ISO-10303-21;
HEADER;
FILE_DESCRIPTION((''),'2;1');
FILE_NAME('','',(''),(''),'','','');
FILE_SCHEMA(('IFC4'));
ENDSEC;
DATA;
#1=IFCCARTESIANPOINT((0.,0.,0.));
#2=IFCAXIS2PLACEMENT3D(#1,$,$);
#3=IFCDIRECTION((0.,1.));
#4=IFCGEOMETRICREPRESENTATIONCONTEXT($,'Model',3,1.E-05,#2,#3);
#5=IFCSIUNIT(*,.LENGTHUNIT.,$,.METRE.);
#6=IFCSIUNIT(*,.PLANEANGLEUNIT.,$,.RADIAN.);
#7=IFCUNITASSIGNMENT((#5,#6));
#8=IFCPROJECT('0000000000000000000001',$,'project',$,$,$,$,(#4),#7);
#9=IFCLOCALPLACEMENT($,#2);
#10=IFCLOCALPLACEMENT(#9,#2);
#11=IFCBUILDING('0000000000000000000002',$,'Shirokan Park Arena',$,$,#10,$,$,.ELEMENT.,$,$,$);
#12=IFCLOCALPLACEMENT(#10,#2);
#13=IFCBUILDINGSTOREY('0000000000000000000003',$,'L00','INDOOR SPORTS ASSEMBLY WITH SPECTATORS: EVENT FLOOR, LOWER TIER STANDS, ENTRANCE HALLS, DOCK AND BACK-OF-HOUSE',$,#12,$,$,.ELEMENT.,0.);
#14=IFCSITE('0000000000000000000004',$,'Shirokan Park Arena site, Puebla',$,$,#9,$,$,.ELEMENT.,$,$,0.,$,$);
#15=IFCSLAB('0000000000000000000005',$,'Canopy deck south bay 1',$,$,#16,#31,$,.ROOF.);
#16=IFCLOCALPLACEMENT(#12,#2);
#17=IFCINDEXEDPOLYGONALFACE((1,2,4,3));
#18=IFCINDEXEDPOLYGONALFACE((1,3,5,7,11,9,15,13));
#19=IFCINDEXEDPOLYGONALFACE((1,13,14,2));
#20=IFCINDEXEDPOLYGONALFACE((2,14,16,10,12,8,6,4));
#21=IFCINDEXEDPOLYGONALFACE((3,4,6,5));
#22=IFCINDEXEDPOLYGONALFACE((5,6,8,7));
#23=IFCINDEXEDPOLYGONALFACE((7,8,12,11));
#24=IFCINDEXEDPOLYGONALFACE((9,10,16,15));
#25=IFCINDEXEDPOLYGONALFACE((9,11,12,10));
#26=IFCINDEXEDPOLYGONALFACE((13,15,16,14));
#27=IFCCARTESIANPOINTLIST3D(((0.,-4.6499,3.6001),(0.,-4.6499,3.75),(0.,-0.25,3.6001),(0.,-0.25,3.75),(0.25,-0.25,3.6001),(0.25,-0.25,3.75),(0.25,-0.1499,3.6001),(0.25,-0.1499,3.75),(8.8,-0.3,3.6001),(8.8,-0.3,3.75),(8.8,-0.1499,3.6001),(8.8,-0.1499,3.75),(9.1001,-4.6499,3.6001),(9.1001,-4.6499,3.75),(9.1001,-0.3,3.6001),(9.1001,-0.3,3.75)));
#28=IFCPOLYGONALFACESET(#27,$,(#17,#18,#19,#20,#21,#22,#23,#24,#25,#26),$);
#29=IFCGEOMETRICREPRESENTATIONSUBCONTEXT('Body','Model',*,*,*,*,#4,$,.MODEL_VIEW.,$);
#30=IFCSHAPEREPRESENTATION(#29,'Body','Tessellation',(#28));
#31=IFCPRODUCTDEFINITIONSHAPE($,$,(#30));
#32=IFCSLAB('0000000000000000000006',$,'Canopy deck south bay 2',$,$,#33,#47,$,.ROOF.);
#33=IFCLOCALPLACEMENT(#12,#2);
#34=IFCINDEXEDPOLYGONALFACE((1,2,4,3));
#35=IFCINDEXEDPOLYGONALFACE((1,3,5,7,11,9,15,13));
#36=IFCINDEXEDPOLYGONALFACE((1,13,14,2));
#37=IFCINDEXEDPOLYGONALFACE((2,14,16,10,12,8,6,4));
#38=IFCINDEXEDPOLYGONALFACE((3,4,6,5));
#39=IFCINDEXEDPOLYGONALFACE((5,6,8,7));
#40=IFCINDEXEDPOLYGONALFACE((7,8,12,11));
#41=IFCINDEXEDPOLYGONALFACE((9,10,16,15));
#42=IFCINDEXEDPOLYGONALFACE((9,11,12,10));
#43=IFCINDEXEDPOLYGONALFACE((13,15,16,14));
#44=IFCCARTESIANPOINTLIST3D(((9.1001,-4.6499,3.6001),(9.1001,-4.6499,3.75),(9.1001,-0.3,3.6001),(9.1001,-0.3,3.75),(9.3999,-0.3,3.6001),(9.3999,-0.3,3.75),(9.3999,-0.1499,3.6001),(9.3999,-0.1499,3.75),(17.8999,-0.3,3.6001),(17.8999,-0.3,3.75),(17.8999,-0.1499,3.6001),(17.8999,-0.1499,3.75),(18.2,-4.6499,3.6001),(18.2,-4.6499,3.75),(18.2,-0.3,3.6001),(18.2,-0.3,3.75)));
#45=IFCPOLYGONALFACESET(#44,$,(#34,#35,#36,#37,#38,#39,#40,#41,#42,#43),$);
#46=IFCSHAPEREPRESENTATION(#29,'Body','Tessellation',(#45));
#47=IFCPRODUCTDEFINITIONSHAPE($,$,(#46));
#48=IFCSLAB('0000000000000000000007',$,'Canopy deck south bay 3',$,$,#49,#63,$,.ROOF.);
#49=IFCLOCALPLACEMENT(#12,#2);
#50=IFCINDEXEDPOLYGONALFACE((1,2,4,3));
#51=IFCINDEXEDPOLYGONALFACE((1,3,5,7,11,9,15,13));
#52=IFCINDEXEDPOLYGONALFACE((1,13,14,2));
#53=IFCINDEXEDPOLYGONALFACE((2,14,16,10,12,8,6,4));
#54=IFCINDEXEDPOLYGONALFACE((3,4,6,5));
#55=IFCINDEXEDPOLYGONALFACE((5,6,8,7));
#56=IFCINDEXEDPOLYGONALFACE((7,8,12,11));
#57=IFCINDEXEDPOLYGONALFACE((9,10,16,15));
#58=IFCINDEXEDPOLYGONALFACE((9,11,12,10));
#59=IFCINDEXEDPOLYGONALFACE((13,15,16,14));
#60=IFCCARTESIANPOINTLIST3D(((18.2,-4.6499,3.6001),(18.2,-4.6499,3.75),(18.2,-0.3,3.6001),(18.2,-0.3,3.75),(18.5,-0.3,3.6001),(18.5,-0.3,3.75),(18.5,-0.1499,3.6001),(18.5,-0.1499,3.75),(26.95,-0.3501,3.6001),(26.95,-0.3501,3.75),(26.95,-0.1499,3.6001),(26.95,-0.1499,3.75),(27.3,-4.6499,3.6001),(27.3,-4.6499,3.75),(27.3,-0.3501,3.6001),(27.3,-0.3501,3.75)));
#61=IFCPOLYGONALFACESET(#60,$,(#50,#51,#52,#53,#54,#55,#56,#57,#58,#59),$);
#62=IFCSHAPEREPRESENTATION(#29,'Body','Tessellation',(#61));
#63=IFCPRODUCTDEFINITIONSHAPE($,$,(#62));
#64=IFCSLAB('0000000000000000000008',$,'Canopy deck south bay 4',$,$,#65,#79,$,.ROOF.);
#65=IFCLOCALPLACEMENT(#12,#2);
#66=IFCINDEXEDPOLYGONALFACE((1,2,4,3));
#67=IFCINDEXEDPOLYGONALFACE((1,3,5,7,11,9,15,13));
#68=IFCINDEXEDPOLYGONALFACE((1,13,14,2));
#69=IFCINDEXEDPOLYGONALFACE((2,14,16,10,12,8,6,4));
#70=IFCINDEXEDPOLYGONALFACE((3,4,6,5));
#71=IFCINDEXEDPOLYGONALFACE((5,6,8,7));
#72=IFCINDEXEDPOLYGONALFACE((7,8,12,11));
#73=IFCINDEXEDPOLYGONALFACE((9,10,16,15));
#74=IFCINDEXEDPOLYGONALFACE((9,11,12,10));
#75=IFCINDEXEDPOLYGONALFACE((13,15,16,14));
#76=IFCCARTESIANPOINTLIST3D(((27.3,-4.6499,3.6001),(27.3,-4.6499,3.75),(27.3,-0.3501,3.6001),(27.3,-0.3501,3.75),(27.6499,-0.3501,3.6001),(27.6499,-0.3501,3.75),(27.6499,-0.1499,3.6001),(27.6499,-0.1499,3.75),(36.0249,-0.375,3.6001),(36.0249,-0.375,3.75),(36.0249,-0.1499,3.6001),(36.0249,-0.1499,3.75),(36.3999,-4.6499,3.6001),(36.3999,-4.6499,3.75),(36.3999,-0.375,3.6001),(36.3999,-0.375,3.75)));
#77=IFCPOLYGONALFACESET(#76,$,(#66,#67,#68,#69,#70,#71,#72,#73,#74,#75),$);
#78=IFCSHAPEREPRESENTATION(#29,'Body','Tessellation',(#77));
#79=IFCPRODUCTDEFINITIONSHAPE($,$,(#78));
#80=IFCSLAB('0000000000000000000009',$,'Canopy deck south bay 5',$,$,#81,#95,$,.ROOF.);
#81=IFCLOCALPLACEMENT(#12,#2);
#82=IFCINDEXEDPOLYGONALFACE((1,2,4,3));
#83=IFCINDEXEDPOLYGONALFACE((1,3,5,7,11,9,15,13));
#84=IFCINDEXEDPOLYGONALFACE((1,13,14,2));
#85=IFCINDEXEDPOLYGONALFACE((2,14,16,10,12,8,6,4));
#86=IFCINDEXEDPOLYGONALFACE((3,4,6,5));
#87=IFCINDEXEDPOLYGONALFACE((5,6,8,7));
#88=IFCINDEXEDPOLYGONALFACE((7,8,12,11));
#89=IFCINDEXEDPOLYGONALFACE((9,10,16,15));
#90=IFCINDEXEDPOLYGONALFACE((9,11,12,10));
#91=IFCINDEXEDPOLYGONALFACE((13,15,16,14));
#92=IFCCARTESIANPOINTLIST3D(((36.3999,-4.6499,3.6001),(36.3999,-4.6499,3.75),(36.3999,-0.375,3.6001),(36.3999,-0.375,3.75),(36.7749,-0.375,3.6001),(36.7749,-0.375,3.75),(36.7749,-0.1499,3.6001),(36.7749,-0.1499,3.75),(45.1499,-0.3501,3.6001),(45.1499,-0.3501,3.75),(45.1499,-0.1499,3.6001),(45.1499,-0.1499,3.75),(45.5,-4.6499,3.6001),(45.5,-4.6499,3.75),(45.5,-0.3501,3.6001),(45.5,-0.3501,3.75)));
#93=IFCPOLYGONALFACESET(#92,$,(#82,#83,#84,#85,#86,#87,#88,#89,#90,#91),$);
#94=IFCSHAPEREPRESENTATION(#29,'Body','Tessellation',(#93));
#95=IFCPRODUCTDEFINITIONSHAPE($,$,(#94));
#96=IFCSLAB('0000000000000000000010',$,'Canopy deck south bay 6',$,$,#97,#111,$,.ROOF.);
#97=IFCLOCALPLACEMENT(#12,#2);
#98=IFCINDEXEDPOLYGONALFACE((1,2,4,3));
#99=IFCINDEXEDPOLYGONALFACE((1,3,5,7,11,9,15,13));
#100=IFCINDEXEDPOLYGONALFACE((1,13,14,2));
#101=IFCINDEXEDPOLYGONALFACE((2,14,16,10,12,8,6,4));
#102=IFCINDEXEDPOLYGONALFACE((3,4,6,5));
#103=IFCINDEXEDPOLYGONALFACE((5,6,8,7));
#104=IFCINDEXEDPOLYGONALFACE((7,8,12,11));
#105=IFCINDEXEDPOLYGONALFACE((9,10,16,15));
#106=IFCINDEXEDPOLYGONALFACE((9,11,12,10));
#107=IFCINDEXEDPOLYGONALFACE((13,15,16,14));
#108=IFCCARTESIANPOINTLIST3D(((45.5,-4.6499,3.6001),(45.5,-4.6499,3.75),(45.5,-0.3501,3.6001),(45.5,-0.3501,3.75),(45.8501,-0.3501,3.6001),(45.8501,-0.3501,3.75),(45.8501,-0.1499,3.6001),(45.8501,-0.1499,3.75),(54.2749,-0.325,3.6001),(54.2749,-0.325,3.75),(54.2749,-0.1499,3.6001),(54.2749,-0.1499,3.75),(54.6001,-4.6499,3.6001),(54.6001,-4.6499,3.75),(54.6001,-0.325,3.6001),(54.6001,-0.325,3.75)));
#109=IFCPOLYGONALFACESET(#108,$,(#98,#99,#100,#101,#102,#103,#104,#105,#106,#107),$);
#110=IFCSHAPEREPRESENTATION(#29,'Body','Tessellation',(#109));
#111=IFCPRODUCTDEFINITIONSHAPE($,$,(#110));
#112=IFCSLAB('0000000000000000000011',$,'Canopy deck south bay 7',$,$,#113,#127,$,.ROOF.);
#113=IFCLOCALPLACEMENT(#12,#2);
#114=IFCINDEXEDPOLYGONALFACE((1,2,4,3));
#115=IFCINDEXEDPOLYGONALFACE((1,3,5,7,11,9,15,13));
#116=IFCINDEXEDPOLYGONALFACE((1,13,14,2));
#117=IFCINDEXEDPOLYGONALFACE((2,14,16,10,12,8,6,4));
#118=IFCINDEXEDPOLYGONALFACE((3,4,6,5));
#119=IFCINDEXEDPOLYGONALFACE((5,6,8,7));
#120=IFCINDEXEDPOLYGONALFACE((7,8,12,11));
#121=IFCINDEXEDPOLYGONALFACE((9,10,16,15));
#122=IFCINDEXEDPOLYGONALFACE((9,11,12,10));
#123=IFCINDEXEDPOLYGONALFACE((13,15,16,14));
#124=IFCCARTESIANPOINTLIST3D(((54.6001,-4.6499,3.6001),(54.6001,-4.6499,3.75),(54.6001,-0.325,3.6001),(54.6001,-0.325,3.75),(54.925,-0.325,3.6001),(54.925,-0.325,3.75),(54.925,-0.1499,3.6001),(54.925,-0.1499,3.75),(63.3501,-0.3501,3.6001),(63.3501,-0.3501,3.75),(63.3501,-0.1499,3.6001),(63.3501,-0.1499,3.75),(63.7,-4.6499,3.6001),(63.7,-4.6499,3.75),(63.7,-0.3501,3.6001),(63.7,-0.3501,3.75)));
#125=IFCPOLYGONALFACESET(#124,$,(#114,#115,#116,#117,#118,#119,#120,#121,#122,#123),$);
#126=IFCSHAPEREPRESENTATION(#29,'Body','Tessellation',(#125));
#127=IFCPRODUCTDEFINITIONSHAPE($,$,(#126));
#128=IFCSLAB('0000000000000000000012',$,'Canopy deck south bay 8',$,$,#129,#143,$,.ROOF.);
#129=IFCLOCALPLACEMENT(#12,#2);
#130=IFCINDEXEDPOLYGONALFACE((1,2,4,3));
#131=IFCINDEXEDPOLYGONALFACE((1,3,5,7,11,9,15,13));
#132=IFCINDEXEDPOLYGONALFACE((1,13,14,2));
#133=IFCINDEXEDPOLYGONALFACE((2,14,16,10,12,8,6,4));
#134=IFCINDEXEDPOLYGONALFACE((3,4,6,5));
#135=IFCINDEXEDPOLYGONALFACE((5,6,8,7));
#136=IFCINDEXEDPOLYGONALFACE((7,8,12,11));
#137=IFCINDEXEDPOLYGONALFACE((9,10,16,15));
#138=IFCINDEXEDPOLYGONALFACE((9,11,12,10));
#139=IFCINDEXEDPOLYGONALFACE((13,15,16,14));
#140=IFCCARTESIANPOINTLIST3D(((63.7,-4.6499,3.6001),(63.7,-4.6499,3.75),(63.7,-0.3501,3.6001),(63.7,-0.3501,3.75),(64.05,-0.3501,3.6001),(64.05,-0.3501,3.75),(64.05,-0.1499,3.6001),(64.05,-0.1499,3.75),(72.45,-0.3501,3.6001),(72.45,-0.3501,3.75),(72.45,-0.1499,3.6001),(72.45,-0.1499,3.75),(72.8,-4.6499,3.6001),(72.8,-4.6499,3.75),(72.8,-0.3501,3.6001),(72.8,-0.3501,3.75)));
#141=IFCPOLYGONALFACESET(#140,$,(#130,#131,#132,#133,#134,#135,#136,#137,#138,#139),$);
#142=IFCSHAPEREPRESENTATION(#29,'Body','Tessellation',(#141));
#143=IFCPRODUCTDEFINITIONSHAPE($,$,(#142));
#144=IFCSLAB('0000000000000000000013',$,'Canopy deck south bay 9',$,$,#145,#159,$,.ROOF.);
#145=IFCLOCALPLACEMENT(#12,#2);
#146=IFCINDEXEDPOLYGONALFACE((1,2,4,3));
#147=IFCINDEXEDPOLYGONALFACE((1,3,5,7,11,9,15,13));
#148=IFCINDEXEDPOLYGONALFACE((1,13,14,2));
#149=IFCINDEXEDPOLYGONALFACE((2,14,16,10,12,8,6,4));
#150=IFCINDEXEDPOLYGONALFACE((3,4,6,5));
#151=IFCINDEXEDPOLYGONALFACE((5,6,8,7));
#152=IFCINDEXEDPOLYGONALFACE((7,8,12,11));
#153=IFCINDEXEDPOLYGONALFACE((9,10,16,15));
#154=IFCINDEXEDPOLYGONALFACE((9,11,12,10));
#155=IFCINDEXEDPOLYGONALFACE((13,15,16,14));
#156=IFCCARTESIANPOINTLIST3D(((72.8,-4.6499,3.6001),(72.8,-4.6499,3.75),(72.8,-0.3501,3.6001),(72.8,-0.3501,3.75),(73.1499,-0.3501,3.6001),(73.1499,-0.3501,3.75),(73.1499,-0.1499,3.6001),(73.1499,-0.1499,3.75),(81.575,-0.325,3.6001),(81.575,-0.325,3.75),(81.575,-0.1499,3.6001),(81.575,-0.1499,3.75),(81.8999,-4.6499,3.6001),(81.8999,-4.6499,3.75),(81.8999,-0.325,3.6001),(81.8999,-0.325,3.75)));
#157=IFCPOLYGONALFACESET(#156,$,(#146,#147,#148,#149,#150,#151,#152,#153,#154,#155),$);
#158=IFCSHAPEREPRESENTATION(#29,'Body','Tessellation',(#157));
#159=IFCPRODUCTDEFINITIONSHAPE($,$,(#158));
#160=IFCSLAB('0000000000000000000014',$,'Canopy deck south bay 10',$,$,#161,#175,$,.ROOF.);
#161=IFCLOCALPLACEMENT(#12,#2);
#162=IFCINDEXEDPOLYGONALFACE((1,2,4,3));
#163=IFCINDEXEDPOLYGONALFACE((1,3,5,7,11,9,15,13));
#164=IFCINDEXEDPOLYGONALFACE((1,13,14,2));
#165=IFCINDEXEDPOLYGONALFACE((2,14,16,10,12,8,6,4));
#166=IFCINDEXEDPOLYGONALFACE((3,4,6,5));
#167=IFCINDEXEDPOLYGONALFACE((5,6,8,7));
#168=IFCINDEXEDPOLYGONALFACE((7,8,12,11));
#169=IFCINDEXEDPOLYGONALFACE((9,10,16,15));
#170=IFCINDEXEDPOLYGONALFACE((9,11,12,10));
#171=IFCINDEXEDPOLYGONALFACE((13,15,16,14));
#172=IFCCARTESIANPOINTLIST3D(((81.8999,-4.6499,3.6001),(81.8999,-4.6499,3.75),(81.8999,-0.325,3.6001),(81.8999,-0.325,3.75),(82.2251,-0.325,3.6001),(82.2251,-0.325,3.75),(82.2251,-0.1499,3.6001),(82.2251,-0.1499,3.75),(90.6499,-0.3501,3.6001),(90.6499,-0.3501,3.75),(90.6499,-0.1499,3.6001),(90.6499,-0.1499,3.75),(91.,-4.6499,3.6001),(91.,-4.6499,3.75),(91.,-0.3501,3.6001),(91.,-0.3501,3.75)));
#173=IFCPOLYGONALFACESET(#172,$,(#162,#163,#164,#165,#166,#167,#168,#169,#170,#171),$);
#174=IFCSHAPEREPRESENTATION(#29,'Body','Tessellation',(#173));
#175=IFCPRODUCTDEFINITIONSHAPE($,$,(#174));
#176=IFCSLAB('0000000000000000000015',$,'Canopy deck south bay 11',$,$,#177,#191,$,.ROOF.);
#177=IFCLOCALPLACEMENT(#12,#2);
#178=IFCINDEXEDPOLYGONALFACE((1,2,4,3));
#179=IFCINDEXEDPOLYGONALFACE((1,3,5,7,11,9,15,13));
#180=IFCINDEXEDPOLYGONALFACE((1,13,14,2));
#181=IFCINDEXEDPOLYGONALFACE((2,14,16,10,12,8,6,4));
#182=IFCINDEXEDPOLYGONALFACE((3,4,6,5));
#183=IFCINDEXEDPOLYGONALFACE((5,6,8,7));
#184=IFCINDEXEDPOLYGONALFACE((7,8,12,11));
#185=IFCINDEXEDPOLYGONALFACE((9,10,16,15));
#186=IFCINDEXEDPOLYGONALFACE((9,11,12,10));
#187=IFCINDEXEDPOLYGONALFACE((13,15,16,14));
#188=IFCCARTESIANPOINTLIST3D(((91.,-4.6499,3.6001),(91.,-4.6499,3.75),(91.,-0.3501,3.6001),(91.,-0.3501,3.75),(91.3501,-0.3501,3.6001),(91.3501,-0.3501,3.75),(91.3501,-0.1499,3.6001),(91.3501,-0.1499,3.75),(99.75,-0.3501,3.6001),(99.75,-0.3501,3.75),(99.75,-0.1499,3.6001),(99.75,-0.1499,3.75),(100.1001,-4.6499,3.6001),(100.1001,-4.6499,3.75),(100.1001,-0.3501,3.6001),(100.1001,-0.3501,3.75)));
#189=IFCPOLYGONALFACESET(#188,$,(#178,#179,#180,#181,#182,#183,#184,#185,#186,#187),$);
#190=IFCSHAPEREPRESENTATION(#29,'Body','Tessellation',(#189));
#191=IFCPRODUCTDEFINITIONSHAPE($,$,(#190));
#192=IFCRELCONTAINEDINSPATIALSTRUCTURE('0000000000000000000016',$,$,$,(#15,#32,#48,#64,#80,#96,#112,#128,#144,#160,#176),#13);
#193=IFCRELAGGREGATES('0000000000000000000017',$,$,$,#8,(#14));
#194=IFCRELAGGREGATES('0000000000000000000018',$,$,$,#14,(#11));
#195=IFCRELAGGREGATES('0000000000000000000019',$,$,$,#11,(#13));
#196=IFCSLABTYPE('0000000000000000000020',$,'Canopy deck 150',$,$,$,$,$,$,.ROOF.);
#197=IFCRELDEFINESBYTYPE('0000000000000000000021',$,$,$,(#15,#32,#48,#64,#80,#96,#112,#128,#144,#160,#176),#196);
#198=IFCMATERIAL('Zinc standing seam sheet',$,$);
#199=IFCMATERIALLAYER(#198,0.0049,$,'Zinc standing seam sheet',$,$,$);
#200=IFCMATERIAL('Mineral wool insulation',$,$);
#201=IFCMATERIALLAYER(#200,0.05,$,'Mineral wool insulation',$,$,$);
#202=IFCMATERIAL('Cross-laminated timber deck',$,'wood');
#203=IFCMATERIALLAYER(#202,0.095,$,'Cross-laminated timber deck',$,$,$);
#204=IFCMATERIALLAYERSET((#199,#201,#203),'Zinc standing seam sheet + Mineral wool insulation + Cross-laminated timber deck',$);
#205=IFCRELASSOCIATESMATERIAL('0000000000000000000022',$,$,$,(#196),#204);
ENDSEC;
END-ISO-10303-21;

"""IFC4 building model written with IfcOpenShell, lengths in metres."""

from ifc_helpers import new_model, si_unit, direction, frame, origin, place, context, subcontext, project, spatial, polyline, outline, extrude, material, layer, layer_set, type_object, element, save


model = new_model("IFC4")

# Units and contexts
model_context = context("Model", 3, precision=1e-05, world=origin(), true_north=direction((0.0, 1.0)))
body_context = subcontext(model_context, "Body", "Model", "MODEL_VIEW")
ifc_project = project(units=[si_unit("LENGTHUNIT", "METRE"), si_unit("PLANEANGLEUNIT", "RADIAN")], contexts=[model_context])

# Site, building, storey
site_placement = place(None, origin())
site = spatial("IfcSite", under=ifc_project, at=site_placement, Name="Shirokan Park Arena site, Puebla", CompositionType="ELEMENT", RefElevation=0.0)
building_placement = place(site_placement, origin())
building = spatial("IfcBuilding", under=site, at=building_placement, Name="Shirokan Park Arena", CompositionType="ELEMENT")
storey_placement = place(building_placement, origin())
storey = spatial("IfcBuildingStorey", under=building, at=storey_placement, Name="L00", Description="INDOOR SPORTS ASSEMBLY WITH SPECTATORS: EVENT FLOOR, LOWER TIER STANDS, ENTRANCE HALLS, DOCK AND BACK-OF-HOUSE", CompositionType="ELEMENT", Elevation=0.0)

# Slabs
ifc_material_1 = material(Name="Zinc standing seam sheet")
ifc_layer_1 = layer(ifc_material_1, 0.0049, Name="Zinc standing seam sheet")
ifc_material_2 = material(Name="Mineral wool insulation")
ifc_layer_2 = layer(ifc_material_2, 0.05, Name="Mineral wool insulation")
ifc_material_3 = material(Name="Cross-laminated timber deck", Category="wood")
ifc_layer_3 = layer(ifc_material_3, 0.095, Name="Cross-laminated timber deck")
ifc_layer_set = layer_set([ifc_layer_1, ifc_layer_2, ifc_layer_3], Name="Zinc standing seam sheet + Mineral wool insulation + Cross-laminated timber deck")
slab_type = type_object("IfcSlabType", Name="Canopy deck 150", PredefinedType="ROOF", material=ifc_layer_set)
slab_1_placement = place(storey_placement, frame((0.0, 0.0, 3.6001)))
element("IfcSlab", 1, at=slab_1_placement, inside=storey, type_object=slab_type, Name="Canopy deck south bay 1", PredefinedType="ROOF", context=body_context, shape_type="SweptSolid", body=[
    extrude(outline(polyline([(8.8, -0.1499), (8.8, -0.3), (9.1001, -0.3), (9.1001, -4.6499), (0.0, -4.6499), (0.0, -0.25), (0.25, -0.25), (0.25, -0.1499), (8.8, -0.1499)])), origin(), (0.0, 0.0, 1.0), 0.1499),
])
slab_2_placement = place(storey_placement, frame((0.0, 0.0, 3.6001)))
element("IfcSlab", 2, at=slab_2_placement, inside=storey, type_object=slab_type, Name="Canopy deck south bay 2", PredefinedType="ROOF", context=body_context, shape_type="SweptSolid", body=[
    extrude(outline(polyline([(17.8999, -0.1499), (17.8999, -0.3), (18.2, -0.3), (18.2, -4.6499), (9.1001, -4.6499), (9.1001, -0.3), (9.3999, -0.3), (9.3999, -0.1499), (17.8999, -0.1499)])), origin(), (0.0, 0.0, 1.0), 0.1499),
])
slab_3_placement = place(storey_placement, frame((0.0, 0.0, 3.6001)))
element("IfcSlab", 3, at=slab_3_placement, inside=storey, type_object=slab_type, Name="Canopy deck south bay 3", PredefinedType="ROOF", context=body_context, shape_type="SweptSolid", body=[
    extrude(outline(polyline([(26.95, -0.1499), (26.95, -0.3501), (27.3, -0.3501), (27.3, -4.6499), (18.2, -4.6499), (18.2, -0.3), (18.5, -0.3), (18.5, -0.1499), (26.95, -0.1499)])), origin(), (0.0, 0.0, 1.0), 0.1499),
])
slab_4_placement = place(storey_placement, frame((0.0, 0.0, 3.6001)))
element("IfcSlab", 4, at=slab_4_placement, inside=storey, type_object=slab_type, Name="Canopy deck south bay 4", PredefinedType="ROOF", context=body_context, shape_type="SweptSolid", body=[
    extrude(outline(polyline([(36.0249, -0.1499), (36.0249, -0.375), (36.3999, -0.375), (36.3999, -4.6499), (27.3, -4.6499), (27.3, -0.3501), (27.6499, -0.3501), (27.6499, -0.1499), (36.0249, -0.1499)])), origin(), (0.0, 0.0, 1.0), 0.1499),
])
slab_5_placement = place(storey_placement, frame((0.0, 0.0, 3.6001)))
element("IfcSlab", 5, at=slab_5_placement, inside=storey, type_object=slab_type, Name="Canopy deck south bay 5", PredefinedType="ROOF", context=body_context, shape_type="SweptSolid", body=[
    extrude(outline(polyline([(45.1499, -0.1499), (45.1499, -0.3501), (45.5, -0.3501), (45.5, -4.6499), (36.3999, -4.6499), (36.3999, -0.375), (36.7749, -0.375), (36.7749, -0.1499), (45.1499, -0.1499)])), origin(), (0.0, 0.0, 1.0), 0.1499),
])
slab_6_placement = place(storey_placement, frame((0.0, 0.0, 3.6001)))
element("IfcSlab", 6, at=slab_6_placement, inside=storey, type_object=slab_type, Name="Canopy deck south bay 6", PredefinedType="ROOF", context=body_context, shape_type="SweptSolid", body=[
    extrude(outline(polyline([(54.2749, -0.1499), (54.2749, -0.325), (54.6001, -0.325), (54.6001, -4.6499), (45.5, -4.6499), (45.5, -0.3501), (45.8501, -0.3501), (45.8501, -0.1499), (54.2749, -0.1499)])), origin(), (0.0, 0.0, 1.0), 0.1499),
])
slab_7_placement = place(storey_placement, frame((0.0, 0.0, 3.6001)))
element("IfcSlab", 7, at=slab_7_placement, inside=storey, type_object=slab_type, Name="Canopy deck south bay 7", PredefinedType="ROOF", context=body_context, shape_type="SweptSolid", body=[
    extrude(outline(polyline([(63.3501, -0.1499), (63.3501, -0.3501), (63.7, -0.3501), (63.7, -4.6499), (54.6001, -4.6499), (54.6001, -0.325), (54.925, -0.325), (54.925, -0.1499), (63.3501, -0.1499)])), origin(), (0.0, 0.0, 1.0), 0.1499),
])
slab_8_placement = place(storey_placement, frame((0.0, 0.0, 3.6001)))
element("IfcSlab", 8, at=slab_8_placement, inside=storey, type_object=slab_type, Name="Canopy deck south bay 8", PredefinedType="ROOF", context=body_context, shape_type="SweptSolid", body=[
    extrude(outline(polyline([(72.45, -0.1499), (72.45, -0.3501), (72.8, -0.3501), (72.8, -4.6499), (63.7, -4.6499), (63.7, -0.3501), (64.05, -0.3501), (64.05, -0.1499), (72.45, -0.1499)])), origin(), (0.0, 0.0, 1.0), 0.1499),
])
slab_9_placement = place(storey_placement, frame((0.0, 0.0, 3.6001)))
element("IfcSlab", 9, at=slab_9_placement, inside=storey, type_object=slab_type, Name="Canopy deck south bay 9", PredefinedType="ROOF", context=body_context, shape_type="SweptSolid", body=[
    extrude(outline(polyline([(81.575, -0.1499), (81.575, -0.325), (81.8999, -0.325), (81.8999, -4.6499), (72.8, -4.6499), (72.8, -0.3501), (73.1499, -0.3501), (73.1499, -0.1499), (81.575, -0.1499)])), origin(), (0.0, 0.0, 1.0), 0.1499),
])
slab_10_placement = place(storey_placement, frame((0.0, 0.0, 3.6001)))
element("IfcSlab", 10, at=slab_10_placement, inside=storey, type_object=slab_type, Name="Canopy deck south bay 10", PredefinedType="ROOF", context=body_context, shape_type="SweptSolid", body=[
    extrude(outline(polyline([(90.6499, -0.1499), (90.6499, -0.3501), (91.0, -0.3501), (91.0, -4.6499), (81.8999, -4.6499), (81.8999, -0.325), (82.2251, -0.325), (82.2251, -0.1499), (90.6499, -0.1499)])), origin(), (0.0, 0.0, 1.0), 0.1499),
])
slab_11_placement = place(storey_placement, frame((0.0, 0.0, 3.6001)))
element("IfcSlab", 11, at=slab_11_placement, inside=storey, type_object=slab_type, Name="Canopy deck south bay 11", PredefinedType="ROOF", context=body_context, shape_type="SweptSolid", body=[
    extrude(outline(polyline([(99.75, -0.1499), (99.75, -0.3501), (100.1001, -0.3501), (100.1001, -4.6499), (91.0, -4.6499), (91.0, -0.3501), (91.3501, -0.3501), (91.3501, -0.1499), (99.75, -0.1499)])), origin(), (0.0, 0.0, 1.0), 0.1499),
])

save(model, "model.ifc")
